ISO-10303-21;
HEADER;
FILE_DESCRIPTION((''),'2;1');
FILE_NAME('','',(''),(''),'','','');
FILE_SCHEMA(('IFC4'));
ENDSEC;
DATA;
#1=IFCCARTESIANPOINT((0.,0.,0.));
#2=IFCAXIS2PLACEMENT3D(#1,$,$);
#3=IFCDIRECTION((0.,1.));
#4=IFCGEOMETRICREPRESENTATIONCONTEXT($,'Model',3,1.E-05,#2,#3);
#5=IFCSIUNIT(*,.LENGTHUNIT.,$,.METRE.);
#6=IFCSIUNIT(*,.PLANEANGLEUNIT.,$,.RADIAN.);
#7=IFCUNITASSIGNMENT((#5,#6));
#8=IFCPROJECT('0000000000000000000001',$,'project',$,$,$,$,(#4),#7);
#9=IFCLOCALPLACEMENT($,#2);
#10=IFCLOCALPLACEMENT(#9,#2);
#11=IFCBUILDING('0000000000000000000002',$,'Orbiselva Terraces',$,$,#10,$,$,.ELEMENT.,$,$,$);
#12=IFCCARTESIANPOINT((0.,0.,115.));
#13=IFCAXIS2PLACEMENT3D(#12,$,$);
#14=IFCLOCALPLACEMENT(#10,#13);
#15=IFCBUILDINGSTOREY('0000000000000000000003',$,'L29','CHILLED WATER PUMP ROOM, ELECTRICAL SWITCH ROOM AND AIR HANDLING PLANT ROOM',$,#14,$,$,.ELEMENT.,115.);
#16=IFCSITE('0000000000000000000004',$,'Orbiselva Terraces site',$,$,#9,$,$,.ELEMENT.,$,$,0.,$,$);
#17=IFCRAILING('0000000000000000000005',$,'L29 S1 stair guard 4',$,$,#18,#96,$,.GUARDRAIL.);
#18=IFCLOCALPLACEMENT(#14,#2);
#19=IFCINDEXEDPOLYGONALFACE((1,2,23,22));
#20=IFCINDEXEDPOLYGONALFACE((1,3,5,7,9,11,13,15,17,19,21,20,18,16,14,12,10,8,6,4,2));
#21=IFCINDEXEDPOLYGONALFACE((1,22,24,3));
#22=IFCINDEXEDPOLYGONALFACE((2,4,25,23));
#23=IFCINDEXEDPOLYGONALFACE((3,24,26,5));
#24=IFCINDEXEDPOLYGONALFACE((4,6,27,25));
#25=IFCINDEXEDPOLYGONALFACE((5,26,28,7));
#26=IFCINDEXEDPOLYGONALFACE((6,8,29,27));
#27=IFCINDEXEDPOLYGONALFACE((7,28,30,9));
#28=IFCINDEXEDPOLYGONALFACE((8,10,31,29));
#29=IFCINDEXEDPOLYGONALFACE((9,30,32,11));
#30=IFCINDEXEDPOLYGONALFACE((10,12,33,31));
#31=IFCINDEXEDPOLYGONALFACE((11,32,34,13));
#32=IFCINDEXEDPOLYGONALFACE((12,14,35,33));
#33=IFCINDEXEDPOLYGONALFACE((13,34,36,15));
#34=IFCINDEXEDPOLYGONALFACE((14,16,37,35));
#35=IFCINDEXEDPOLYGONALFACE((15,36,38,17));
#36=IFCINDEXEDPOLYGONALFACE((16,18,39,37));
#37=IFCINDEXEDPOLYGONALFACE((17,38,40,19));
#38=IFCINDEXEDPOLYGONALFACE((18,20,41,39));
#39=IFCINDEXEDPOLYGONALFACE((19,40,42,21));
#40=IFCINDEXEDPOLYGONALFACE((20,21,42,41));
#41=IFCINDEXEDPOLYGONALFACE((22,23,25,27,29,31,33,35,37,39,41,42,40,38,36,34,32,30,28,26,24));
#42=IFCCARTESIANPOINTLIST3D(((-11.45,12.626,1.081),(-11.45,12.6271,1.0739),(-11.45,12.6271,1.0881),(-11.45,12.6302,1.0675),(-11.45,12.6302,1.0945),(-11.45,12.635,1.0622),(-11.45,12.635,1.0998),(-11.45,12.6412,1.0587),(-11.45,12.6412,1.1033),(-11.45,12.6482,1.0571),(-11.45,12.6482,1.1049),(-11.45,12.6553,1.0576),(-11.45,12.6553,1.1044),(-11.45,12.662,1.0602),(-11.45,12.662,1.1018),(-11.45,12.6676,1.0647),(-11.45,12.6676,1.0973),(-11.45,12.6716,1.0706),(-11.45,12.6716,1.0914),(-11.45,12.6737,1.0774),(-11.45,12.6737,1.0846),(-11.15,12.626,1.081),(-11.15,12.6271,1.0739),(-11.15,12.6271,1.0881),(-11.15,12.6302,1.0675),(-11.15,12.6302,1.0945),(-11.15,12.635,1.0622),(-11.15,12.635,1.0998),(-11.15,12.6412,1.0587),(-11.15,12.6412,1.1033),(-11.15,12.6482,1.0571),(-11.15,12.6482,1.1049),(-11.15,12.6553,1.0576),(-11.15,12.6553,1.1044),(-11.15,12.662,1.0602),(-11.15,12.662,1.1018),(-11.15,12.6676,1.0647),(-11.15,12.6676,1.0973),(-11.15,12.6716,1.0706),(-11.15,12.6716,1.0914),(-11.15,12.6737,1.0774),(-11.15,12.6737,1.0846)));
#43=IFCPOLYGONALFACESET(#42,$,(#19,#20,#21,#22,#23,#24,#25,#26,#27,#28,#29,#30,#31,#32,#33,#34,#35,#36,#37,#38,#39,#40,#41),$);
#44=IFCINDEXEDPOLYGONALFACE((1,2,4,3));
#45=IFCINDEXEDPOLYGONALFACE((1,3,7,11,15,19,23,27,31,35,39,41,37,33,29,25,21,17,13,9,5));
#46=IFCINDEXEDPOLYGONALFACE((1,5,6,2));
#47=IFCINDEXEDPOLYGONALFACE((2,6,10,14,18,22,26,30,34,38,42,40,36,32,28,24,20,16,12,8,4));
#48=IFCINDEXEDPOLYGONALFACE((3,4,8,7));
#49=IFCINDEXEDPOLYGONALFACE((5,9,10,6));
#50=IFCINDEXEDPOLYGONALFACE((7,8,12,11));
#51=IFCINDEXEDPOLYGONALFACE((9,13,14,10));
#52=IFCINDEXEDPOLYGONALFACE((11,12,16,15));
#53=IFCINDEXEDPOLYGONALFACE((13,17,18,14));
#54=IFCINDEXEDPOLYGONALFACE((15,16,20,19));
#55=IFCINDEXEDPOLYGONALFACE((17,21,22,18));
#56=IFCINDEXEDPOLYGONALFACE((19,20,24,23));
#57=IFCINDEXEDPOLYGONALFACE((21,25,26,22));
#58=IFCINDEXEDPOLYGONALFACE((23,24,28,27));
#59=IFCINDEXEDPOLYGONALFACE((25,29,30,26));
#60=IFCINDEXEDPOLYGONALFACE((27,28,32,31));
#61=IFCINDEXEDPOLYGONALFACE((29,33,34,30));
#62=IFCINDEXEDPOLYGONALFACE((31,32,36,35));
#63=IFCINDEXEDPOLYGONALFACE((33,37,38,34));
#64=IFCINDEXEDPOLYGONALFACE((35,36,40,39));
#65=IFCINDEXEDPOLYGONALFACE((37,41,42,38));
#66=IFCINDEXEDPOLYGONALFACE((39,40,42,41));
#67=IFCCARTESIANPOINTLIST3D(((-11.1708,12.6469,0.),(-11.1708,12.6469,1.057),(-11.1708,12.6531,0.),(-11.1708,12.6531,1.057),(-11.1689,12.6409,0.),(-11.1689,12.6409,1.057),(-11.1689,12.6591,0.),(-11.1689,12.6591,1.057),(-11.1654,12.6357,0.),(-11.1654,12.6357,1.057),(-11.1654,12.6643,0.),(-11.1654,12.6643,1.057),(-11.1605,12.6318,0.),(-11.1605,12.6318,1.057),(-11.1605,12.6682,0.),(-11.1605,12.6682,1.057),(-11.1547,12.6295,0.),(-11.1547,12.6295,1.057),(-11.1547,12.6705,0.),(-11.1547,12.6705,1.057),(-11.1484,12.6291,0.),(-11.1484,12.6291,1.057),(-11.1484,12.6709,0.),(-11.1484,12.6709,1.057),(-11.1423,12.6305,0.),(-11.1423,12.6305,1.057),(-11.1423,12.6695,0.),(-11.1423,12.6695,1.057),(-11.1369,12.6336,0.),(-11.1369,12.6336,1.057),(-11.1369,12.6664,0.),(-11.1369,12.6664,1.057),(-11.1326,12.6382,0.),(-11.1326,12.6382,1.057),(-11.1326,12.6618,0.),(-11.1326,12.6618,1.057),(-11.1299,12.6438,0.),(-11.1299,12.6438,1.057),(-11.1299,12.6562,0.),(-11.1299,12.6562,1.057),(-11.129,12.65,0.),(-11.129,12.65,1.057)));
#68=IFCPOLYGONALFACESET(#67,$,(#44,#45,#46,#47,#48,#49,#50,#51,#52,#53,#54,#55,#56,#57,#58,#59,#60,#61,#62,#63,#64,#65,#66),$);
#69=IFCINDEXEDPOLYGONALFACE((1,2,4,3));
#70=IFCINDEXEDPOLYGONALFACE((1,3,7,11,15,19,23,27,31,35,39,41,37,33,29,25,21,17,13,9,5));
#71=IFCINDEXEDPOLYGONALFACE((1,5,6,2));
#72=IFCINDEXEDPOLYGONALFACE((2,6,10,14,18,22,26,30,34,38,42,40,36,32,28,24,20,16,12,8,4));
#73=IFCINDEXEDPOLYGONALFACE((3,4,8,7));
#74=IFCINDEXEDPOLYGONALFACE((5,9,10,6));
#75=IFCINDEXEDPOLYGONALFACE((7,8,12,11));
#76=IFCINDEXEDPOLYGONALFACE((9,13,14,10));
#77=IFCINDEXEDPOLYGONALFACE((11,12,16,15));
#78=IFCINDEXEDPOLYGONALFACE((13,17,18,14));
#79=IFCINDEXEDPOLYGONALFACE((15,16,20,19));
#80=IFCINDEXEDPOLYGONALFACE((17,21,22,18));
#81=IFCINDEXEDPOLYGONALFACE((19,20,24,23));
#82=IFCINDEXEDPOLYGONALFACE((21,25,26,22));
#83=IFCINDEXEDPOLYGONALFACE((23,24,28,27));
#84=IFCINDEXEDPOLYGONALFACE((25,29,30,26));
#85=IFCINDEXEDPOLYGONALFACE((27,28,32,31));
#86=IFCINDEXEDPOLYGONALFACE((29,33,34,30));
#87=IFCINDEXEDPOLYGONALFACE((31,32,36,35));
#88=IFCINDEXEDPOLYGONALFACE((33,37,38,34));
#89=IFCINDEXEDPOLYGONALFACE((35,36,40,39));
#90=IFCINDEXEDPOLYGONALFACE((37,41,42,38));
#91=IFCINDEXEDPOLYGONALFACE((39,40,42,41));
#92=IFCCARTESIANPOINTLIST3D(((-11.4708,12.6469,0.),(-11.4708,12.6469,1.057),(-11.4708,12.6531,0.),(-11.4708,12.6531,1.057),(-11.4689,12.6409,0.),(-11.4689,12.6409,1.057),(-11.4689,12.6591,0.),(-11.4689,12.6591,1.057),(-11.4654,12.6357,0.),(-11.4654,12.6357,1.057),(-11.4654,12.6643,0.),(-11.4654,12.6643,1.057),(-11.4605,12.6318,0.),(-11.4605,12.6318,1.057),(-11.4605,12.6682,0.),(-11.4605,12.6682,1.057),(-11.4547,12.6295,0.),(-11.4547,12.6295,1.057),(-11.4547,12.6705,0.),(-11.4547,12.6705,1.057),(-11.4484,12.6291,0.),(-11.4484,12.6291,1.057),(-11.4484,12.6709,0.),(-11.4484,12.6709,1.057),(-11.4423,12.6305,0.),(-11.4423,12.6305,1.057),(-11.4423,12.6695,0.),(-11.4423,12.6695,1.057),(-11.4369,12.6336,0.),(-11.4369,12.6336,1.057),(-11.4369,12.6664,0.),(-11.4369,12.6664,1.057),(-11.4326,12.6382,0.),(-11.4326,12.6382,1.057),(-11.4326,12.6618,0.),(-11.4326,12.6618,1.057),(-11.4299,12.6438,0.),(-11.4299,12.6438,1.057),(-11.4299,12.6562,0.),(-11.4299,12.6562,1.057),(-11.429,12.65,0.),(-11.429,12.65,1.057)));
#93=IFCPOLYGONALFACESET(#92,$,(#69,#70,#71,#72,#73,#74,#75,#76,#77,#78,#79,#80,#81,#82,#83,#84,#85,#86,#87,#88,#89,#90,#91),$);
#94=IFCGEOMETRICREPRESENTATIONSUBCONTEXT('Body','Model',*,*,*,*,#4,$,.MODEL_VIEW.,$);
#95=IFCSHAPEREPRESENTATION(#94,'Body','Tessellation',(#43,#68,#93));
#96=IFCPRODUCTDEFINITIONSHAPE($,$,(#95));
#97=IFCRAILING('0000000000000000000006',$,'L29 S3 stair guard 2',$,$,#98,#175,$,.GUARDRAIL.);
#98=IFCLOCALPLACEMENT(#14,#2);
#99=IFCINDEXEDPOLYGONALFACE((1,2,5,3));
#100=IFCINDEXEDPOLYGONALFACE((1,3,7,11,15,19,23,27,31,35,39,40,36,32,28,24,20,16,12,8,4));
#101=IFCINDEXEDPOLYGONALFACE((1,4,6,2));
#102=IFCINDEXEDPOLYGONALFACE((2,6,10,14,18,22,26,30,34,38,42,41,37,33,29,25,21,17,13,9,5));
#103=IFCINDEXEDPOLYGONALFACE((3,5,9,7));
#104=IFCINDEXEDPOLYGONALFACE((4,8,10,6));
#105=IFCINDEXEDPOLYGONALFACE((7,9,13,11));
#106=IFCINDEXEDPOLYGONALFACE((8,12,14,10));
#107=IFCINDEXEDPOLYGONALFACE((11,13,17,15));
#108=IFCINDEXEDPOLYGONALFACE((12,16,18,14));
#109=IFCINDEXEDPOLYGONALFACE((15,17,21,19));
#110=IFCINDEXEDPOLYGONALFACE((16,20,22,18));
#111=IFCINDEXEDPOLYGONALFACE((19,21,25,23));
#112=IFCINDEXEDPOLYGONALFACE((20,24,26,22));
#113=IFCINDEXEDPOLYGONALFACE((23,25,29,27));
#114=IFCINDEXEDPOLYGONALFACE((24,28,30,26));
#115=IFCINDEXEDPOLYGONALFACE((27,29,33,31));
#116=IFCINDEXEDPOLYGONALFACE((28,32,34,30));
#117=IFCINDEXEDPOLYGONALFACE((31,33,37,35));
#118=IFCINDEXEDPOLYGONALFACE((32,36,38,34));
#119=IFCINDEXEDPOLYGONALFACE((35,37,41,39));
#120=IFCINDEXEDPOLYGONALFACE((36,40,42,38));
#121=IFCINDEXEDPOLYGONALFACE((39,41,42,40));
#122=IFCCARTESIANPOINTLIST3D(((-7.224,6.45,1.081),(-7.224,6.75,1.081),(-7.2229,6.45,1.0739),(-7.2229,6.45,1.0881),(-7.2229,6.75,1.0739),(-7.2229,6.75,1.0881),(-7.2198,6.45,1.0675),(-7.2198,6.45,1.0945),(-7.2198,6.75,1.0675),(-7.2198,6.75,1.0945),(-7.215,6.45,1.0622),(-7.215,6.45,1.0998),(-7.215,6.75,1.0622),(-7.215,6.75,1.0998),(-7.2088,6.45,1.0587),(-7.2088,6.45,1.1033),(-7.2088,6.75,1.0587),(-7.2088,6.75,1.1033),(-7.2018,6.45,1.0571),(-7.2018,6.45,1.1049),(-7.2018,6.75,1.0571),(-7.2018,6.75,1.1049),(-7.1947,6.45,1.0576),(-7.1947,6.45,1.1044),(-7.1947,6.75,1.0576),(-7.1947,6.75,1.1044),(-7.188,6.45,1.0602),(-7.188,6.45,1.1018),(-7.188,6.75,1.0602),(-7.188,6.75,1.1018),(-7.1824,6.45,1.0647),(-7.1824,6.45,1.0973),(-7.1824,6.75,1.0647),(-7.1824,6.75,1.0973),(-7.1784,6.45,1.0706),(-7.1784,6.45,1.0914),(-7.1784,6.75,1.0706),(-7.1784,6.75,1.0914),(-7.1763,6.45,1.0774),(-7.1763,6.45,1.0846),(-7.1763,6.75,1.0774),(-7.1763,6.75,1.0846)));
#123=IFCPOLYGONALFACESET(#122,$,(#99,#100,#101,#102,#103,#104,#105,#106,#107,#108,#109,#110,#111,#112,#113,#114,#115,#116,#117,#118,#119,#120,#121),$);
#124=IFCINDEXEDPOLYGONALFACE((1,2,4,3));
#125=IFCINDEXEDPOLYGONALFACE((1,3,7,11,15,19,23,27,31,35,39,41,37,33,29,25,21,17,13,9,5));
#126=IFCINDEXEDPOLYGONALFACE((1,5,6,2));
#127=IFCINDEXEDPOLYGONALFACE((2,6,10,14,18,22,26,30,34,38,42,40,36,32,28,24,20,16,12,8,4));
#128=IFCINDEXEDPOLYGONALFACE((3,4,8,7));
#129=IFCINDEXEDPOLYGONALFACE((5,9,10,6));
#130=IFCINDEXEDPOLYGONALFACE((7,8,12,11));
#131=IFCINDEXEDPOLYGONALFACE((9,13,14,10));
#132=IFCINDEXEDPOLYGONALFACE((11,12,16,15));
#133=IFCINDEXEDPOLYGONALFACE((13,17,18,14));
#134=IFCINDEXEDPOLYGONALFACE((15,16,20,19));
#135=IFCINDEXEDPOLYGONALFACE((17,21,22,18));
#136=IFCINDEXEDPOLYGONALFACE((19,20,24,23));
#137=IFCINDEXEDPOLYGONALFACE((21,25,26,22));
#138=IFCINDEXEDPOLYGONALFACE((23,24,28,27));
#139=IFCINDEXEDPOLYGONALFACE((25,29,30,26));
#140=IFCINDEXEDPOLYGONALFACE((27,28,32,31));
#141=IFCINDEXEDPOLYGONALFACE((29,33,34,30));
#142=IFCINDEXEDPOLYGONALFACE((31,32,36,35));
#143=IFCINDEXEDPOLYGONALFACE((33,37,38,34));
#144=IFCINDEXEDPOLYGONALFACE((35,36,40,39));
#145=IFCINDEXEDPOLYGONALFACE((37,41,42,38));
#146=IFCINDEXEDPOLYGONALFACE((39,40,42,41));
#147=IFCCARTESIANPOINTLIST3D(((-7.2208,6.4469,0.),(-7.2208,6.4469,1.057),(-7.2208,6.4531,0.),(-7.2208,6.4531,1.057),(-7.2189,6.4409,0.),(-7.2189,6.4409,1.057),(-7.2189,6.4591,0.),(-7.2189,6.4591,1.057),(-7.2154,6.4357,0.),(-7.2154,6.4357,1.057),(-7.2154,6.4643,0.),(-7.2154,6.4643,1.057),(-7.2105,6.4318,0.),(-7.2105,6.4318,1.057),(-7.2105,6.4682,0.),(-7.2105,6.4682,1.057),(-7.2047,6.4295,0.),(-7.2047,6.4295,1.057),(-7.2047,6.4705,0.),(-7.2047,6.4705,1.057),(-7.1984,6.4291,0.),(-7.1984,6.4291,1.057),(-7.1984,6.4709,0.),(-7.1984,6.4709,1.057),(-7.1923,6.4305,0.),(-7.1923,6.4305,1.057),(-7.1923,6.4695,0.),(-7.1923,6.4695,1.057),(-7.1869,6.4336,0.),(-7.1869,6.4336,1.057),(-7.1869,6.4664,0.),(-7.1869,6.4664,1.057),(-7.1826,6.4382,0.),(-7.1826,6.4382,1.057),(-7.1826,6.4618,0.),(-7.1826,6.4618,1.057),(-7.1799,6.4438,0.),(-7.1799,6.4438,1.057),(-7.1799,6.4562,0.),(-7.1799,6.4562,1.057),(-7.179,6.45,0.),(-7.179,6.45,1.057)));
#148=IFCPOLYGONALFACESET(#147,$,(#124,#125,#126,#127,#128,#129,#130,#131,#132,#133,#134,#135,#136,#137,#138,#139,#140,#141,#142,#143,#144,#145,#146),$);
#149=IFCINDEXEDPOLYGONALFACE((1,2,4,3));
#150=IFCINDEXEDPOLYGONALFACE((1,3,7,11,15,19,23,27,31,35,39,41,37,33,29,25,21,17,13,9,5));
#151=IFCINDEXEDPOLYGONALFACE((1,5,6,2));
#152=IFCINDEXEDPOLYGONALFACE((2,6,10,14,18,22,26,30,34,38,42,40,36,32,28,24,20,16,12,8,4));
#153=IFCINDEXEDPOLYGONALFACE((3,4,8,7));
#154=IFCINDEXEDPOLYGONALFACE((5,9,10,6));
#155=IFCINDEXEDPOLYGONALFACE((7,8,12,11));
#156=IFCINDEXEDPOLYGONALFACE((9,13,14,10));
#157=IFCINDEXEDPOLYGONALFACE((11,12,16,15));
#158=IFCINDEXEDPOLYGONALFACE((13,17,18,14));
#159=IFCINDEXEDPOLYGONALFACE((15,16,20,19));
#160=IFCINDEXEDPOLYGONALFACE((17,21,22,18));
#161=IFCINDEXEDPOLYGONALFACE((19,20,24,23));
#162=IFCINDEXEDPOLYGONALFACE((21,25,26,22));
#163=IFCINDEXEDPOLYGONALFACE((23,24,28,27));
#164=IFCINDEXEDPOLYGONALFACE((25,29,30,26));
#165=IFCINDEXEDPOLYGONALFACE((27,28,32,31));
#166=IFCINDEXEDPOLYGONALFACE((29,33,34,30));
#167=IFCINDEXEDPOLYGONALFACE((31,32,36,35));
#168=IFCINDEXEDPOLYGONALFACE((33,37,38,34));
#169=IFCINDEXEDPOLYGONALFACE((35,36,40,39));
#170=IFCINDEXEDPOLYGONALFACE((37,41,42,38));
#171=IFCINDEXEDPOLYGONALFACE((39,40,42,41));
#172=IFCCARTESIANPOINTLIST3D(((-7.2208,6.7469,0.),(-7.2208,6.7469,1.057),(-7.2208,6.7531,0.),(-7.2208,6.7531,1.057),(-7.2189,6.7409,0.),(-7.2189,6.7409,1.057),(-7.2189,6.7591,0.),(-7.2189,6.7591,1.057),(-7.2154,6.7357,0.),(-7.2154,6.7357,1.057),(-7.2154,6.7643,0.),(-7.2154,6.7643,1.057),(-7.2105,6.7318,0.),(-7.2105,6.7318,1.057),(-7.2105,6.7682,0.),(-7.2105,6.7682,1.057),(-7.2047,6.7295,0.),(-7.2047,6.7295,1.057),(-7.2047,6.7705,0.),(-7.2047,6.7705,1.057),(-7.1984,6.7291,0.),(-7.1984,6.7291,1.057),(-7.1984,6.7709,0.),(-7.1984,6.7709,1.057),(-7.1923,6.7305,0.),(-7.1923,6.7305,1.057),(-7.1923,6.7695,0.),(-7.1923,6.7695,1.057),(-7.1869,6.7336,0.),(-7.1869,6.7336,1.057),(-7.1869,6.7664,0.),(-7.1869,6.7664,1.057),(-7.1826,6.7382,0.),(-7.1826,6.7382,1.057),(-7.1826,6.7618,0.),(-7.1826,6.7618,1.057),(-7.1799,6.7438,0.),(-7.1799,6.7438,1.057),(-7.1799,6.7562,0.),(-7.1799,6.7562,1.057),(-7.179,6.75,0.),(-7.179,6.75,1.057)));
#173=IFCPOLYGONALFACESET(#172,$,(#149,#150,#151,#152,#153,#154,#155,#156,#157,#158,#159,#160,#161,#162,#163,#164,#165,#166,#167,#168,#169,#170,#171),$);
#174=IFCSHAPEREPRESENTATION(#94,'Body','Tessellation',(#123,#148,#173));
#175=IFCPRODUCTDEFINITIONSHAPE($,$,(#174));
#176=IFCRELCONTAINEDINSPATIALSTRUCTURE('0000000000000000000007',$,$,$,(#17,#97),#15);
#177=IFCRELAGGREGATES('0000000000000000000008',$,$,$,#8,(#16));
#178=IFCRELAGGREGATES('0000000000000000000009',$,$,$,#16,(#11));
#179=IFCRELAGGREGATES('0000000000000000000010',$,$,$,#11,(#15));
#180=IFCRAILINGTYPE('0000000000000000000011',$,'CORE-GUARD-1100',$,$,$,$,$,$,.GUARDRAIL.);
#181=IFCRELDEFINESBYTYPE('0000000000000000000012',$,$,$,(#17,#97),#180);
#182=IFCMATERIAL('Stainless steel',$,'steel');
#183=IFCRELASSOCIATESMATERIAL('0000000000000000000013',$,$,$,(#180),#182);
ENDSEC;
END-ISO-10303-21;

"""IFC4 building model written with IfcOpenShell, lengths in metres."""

from ifc_helpers import new_model, si_unit, direction, frame, origin, origin_2d, place, context, subcontext, project, spatial, circle, extrude, material, type_object, element, save


model = new_model("IFC4")

# Units and contexts
model_context = context("Model", 3, precision=1e-05, world=origin(), true_north=direction((0.0, 1.0)))
body_context = subcontext(model_context, "Body", "Model", "MODEL_VIEW")
ifc_project = project(units=[si_unit("LENGTHUNIT", "METRE"), si_unit("PLANEANGLEUNIT", "RADIAN")], contexts=[model_context])

# Site, building, storey
site_placement = place(None, origin())
site = spatial("IfcSite", under=ifc_project, at=site_placement, Name="Orbiselva Terraces site", CompositionType="ELEMENT", RefElevation=0.0)
building_placement = place(site_placement, origin())
building = spatial("IfcBuilding", under=site, at=building_placement, Name="Orbiselva Terraces", CompositionType="ELEMENT")
storey_placement = place(building_placement, frame((0.0, 0.0, 115.0)))
storey = spatial("IfcBuildingStorey", under=building, at=storey_placement, Name="L29", Description="CHILLED WATER PUMP ROOM, ELECTRICAL SWITCH ROOM AND AIR HANDLING PLANT ROOM", CompositionType="ELEMENT", Elevation=115.0)

# Railings
ifc_material_1 = material(Name="Stainless steel", Category="steel")
railing_type_1 = type_object("IfcRailingType", Name="CORE-GUARD-1100", PredefinedType="GUARDRAIL", material=ifc_material_1)
railing_1_placement = place(storey_placement, frame((-11.15, 12.65, 0.0)))
element("IfcRailing", 1, at=railing_1_placement, inside=storey, type_object=railing_type_1, Name="L29 S1 stair guard 4", PredefinedType="GUARDRAIL", context=body_context, shape_type="SweptSolid", body=[
    extrude(circle(Radius=0.024, at=origin_2d()), frame((0.0, 0.0, 1.081), z_axis=(-1.0, 0.0, 0.0), x_axis=(0.0, -1.0, 0.0)), (0.0, 0.0, 1.0), 0.3),
    extrude(circle(Radius=0.021, at=origin_2d()), origin(), (0.0, 0.0, 1.0), 1.057),
    extrude(circle(Radius=0.021, at=origin_2d()), frame((-0.3, 0.0, 0.0)), (0.0, 0.0, 1.0), 1.057),
])
railing_2_placement = place(storey_placement, frame((-7.2, 6.45, 0.0)))
element("IfcRailing", 2, at=railing_2_placement, inside=storey, type_object=railing_type_1, Name="L29 S3 stair guard 2", PredefinedType="GUARDRAIL", context=body_context, shape_type="SweptSolid", body=[
    extrude(circle(Radius=0.024, at=origin_2d()), frame((0.0, 0.0, 1.081), z_axis=(0.0, 1.0, 0.0), x_axis=(-1.0, 0.0, 0.0)), (0.0, 0.0, 1.0), 0.3),
    extrude(circle(Radius=0.021, at=origin_2d()), origin(), (0.0, 0.0, 1.0), 1.057),
    extrude(circle(Radius=0.021, at=origin_2d()), frame((0.0, 0.3, 0.0)), (0.0, 0.0, 1.0), 1.057),
])

save(model, "model.ifc")
